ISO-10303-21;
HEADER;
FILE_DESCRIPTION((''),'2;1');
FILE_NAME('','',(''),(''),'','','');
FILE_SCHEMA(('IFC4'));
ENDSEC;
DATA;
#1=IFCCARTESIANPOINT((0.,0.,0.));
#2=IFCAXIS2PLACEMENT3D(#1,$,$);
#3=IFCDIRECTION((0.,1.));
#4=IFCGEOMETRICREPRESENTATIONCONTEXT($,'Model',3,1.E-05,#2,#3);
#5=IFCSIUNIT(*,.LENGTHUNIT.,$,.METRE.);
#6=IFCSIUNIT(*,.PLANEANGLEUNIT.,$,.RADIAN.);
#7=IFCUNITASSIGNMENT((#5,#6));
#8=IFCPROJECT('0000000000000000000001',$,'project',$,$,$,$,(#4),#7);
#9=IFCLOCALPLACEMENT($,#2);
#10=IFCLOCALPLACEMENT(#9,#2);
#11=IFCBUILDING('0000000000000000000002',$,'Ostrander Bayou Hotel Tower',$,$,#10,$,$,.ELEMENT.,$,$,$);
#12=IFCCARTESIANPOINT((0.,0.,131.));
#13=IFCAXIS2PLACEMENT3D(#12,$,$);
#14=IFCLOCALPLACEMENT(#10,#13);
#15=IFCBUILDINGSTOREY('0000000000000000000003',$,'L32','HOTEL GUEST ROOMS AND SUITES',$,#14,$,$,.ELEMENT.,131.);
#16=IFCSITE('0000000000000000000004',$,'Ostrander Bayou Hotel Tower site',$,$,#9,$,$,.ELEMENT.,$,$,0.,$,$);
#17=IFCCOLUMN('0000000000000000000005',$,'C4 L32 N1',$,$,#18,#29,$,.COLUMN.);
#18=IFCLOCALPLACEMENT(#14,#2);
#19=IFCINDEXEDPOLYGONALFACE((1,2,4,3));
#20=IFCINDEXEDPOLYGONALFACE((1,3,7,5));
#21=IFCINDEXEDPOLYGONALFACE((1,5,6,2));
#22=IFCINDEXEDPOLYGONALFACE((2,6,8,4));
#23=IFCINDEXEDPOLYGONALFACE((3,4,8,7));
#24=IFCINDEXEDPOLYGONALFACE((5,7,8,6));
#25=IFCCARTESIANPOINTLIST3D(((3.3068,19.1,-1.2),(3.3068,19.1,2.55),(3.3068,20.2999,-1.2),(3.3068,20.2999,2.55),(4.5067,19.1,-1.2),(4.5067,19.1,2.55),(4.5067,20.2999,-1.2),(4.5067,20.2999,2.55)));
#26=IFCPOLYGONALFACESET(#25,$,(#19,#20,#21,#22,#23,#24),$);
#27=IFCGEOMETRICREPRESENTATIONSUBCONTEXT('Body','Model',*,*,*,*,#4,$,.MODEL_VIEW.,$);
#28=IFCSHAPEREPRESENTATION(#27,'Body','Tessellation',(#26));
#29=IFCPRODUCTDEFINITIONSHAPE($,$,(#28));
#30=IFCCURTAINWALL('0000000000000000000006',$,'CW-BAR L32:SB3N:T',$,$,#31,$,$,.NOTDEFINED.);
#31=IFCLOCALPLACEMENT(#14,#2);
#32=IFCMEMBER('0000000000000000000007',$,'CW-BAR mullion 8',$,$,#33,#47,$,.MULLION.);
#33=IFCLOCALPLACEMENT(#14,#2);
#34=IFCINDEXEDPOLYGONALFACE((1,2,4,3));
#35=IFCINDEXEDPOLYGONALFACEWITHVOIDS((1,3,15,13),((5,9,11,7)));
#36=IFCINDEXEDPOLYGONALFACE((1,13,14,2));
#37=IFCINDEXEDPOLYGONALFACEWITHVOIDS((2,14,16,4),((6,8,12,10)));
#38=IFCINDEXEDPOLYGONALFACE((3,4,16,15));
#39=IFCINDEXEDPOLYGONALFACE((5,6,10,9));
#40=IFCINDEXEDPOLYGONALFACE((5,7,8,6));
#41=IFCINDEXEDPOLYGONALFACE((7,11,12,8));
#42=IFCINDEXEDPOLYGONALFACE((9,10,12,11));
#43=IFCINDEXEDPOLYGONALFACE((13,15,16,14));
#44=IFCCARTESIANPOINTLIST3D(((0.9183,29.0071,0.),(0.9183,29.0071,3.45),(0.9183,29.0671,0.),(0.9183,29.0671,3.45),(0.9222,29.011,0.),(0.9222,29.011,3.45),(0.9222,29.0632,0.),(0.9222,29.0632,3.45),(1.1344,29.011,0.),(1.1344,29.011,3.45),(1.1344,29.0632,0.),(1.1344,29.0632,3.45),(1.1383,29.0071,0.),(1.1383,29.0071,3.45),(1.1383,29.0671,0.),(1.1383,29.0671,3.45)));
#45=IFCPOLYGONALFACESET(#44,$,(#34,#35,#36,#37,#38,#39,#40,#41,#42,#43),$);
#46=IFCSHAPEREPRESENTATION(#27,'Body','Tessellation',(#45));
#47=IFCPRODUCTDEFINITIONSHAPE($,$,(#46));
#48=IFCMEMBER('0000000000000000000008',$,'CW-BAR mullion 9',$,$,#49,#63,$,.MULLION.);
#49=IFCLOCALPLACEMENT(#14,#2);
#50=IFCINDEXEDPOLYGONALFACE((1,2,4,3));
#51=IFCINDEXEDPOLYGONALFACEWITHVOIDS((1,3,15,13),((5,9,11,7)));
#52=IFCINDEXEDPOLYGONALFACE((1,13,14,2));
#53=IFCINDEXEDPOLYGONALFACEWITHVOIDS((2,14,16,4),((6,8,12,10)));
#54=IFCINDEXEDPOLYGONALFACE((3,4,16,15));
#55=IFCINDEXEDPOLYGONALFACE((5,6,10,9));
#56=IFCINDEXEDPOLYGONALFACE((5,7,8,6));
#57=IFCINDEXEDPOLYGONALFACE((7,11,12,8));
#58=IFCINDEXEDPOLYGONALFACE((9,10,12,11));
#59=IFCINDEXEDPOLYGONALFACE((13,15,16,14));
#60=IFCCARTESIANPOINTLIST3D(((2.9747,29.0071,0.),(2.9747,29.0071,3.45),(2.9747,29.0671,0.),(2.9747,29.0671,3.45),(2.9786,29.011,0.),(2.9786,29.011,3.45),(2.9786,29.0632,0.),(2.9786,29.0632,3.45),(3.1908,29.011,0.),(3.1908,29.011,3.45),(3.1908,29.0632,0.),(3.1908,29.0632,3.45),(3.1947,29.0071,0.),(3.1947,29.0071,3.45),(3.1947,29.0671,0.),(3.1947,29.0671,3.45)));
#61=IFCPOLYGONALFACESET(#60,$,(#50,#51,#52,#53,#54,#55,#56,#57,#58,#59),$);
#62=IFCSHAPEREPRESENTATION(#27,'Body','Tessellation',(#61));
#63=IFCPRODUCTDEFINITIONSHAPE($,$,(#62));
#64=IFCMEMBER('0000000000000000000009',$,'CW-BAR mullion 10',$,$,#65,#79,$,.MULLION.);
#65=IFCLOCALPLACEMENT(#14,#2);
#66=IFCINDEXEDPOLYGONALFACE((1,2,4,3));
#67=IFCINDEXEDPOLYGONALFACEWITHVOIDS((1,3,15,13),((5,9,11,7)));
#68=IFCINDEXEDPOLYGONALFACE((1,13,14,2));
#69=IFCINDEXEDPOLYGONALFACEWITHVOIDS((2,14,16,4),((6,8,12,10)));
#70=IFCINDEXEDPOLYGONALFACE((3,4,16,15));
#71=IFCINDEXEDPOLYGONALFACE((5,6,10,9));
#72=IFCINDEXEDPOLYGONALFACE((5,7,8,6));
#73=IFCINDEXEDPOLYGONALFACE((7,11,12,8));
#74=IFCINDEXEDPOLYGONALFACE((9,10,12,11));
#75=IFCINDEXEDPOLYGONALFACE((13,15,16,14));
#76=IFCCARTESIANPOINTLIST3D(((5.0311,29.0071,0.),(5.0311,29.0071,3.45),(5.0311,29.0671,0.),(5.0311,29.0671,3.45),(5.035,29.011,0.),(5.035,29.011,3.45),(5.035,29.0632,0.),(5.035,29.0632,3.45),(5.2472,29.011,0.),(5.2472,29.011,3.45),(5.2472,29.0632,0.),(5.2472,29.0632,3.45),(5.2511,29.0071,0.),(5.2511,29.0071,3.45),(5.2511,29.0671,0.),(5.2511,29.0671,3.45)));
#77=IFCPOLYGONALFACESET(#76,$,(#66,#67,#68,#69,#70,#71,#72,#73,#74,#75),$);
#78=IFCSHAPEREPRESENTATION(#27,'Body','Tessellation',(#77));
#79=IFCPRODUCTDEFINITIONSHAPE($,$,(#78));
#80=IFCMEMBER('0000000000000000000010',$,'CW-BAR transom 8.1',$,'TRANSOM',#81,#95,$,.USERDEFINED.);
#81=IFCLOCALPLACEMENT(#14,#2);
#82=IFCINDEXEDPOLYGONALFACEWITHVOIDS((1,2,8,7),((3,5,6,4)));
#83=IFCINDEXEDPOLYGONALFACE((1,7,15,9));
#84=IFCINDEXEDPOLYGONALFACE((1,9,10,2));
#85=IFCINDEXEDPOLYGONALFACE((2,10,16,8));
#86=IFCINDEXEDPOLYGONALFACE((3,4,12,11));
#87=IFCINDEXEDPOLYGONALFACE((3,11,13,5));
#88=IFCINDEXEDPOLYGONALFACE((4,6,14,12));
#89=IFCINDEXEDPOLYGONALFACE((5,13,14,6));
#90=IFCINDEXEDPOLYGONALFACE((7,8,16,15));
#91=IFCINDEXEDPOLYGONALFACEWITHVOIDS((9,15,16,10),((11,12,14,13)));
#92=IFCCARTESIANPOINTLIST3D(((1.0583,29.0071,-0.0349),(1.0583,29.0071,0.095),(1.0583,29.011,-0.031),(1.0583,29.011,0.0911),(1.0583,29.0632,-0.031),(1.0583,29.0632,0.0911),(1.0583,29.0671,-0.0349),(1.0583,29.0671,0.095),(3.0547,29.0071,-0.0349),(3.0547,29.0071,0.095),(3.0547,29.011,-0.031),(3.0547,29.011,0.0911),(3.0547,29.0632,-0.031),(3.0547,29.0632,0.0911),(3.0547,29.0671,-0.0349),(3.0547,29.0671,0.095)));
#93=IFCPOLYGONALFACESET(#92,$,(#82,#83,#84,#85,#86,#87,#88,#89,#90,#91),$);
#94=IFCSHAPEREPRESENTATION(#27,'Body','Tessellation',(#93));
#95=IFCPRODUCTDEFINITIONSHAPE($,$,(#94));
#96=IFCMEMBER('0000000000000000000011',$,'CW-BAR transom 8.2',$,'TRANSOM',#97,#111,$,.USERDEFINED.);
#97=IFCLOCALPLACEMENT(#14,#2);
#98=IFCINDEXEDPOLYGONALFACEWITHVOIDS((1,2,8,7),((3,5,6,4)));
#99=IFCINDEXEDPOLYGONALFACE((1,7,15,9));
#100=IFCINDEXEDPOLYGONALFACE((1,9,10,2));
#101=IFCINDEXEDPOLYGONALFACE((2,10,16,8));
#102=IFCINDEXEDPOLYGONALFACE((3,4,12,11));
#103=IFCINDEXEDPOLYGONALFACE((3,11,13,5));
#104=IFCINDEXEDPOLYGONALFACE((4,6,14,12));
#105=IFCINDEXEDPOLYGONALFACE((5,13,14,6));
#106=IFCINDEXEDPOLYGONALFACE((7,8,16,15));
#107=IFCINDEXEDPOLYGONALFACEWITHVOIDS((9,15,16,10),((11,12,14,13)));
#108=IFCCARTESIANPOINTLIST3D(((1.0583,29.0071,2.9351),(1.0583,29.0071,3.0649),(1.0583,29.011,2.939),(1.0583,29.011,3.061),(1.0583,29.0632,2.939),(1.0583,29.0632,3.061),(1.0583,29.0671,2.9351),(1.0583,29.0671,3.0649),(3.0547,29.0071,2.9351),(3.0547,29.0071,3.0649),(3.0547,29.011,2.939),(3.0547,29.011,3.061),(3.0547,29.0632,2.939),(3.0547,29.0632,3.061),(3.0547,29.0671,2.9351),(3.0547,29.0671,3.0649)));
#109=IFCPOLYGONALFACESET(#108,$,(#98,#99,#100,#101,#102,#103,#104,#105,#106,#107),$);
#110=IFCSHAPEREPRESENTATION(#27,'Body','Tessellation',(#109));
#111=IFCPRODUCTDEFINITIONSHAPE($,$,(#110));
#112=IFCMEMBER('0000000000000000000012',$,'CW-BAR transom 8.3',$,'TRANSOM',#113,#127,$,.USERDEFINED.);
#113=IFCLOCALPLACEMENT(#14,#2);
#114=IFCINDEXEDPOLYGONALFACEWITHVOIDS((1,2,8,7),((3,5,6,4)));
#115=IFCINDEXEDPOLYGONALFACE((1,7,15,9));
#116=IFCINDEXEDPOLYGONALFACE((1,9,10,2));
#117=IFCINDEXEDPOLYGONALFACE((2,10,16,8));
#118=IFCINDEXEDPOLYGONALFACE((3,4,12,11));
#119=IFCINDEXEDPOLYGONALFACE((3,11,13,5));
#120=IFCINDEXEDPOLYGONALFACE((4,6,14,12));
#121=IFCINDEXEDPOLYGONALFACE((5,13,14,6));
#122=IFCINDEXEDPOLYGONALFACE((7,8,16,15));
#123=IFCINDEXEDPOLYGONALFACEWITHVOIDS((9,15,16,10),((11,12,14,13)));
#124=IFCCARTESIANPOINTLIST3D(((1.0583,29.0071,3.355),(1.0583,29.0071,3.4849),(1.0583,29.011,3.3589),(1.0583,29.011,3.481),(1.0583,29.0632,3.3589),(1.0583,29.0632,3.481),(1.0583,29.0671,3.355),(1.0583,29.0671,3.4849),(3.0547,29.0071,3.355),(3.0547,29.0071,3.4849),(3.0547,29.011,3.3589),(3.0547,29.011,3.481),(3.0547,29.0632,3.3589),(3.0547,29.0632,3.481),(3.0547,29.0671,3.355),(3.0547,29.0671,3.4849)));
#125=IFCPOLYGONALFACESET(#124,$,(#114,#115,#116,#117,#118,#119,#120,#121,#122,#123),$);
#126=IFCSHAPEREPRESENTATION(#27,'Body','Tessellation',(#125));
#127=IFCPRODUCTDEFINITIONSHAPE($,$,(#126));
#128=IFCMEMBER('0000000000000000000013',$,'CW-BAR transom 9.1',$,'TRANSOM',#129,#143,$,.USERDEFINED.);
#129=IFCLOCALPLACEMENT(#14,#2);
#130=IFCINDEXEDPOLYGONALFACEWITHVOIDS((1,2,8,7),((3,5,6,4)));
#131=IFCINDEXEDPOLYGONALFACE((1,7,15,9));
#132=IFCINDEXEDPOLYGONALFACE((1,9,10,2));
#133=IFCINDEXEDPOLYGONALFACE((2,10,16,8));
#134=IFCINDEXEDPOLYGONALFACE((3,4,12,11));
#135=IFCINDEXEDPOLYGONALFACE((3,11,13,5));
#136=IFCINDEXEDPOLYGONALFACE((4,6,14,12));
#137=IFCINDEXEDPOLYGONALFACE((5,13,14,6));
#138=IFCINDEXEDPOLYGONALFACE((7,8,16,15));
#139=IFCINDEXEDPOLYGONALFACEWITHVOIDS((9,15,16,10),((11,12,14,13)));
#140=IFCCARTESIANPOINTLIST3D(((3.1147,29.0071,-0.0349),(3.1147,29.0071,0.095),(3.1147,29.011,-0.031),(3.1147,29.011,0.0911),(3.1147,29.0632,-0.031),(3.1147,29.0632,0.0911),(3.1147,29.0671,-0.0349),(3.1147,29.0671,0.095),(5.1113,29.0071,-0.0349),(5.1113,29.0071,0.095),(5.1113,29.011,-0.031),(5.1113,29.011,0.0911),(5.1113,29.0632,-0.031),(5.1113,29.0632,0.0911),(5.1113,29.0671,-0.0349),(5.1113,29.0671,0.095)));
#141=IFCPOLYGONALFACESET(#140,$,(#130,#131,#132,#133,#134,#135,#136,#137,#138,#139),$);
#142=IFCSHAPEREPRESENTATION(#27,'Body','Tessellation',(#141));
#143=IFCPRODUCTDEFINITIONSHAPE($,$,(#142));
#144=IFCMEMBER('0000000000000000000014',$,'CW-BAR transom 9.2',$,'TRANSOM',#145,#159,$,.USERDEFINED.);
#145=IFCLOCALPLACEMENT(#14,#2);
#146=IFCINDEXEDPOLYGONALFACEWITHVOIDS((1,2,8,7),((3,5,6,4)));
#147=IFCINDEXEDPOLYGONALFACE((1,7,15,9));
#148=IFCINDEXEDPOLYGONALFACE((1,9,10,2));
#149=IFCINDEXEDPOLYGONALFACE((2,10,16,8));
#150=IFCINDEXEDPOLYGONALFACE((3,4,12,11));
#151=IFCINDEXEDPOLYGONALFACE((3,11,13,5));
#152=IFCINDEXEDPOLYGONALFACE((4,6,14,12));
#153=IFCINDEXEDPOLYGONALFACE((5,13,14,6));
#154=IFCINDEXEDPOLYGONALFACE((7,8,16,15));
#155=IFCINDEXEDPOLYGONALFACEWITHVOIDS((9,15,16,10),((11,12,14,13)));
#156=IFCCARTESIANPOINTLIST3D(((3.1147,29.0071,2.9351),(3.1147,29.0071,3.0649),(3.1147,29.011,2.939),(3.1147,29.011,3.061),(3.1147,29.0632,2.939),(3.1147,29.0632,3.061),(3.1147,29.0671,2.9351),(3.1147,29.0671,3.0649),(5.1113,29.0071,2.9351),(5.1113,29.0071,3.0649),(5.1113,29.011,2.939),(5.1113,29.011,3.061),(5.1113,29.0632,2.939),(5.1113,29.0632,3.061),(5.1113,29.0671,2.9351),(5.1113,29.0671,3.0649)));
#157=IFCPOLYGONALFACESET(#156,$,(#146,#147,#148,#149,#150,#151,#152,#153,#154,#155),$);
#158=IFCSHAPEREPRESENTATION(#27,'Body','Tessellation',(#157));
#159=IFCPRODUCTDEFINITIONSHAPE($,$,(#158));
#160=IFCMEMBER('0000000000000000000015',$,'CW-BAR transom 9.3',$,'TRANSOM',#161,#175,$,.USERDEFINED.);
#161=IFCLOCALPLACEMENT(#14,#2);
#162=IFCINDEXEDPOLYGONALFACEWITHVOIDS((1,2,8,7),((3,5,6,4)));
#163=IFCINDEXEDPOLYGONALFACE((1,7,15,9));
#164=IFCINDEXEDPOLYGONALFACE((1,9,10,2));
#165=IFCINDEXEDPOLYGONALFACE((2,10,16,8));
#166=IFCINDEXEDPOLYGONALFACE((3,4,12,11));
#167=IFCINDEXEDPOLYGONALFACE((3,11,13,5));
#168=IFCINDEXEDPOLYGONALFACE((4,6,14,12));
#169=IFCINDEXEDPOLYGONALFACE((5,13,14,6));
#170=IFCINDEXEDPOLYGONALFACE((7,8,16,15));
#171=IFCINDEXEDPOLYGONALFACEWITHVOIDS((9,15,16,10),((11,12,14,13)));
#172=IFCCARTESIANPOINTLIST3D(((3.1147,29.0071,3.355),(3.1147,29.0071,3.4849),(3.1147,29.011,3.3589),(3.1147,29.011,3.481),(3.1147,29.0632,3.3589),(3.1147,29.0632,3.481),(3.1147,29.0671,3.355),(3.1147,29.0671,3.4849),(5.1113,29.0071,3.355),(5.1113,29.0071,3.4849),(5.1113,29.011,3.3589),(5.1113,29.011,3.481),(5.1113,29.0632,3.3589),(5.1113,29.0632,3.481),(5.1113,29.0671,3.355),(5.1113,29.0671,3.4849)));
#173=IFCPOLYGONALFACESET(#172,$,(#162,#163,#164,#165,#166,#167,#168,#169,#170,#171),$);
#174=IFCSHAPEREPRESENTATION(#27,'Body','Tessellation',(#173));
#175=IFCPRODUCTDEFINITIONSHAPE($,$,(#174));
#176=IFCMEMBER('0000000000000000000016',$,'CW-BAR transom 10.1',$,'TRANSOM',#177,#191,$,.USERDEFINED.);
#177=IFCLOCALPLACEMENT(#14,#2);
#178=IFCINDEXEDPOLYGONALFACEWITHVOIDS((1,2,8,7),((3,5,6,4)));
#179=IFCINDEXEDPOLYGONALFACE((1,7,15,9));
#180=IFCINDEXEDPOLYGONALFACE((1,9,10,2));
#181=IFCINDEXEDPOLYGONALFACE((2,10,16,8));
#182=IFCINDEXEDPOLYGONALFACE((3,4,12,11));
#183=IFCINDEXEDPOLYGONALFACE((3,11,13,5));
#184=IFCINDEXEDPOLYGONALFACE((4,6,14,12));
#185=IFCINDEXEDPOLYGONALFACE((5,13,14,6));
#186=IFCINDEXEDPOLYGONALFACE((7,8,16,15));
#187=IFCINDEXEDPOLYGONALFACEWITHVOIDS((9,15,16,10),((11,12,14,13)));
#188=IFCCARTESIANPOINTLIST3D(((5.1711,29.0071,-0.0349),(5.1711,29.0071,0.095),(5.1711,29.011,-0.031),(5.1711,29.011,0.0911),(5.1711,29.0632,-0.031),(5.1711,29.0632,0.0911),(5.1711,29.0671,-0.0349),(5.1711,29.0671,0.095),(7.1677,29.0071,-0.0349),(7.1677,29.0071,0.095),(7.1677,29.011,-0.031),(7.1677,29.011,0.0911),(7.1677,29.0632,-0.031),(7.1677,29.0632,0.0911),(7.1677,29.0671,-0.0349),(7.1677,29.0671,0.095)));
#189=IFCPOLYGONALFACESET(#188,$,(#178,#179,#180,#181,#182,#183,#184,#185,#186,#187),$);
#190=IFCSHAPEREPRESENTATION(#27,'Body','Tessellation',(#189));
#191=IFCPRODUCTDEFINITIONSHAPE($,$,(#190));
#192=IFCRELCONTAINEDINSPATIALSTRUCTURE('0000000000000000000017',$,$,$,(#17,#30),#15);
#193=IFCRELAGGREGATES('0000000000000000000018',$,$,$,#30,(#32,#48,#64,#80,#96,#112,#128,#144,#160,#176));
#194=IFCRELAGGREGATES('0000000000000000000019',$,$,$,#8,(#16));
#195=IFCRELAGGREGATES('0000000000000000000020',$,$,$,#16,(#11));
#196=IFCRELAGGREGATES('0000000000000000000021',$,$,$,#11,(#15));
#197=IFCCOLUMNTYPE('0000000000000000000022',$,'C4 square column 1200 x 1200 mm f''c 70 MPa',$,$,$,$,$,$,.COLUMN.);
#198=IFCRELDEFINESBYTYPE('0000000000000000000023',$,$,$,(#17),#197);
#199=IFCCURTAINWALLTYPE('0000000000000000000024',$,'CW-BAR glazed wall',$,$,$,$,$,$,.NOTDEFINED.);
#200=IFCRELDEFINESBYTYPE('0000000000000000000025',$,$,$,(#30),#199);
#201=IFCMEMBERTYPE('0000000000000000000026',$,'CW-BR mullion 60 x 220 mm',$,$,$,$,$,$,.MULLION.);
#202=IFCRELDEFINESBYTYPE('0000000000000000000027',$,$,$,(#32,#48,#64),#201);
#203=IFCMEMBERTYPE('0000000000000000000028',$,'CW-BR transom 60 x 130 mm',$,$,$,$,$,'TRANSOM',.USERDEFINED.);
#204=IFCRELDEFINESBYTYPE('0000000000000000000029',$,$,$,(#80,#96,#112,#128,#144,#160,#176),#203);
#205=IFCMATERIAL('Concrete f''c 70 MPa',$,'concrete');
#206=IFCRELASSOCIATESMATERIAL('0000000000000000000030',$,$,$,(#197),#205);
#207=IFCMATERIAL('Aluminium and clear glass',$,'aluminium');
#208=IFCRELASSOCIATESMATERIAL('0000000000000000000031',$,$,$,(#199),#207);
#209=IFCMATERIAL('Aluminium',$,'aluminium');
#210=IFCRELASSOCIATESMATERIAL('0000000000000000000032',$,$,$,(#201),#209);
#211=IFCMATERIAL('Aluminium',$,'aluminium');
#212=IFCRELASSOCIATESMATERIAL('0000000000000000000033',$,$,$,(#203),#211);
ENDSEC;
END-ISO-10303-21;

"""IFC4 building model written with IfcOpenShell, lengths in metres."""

from ifc_helpers import new_model, si_unit, direction, frame, origin, origin_2d, place, context, subcontext, project, spatial, rectangle, hollow_rectangle, extrude, material, material_profile, profile_set, type_object, element, aggregate, save


model = new_model("IFC4")

# Units and contexts
model_context = context("Model", 3, precision=1e-05, world=origin(), true_north=direction((0.0, 1.0)))
body_context = subcontext(model_context, "Body", "Model", "MODEL_VIEW")
ifc_project = project(units=[si_unit("LENGTHUNIT", "METRE"), si_unit("PLANEANGLEUNIT", "RADIAN")], contexts=[model_context])

# Site, building, storey
site_placement = place(None, origin())
site = spatial("IfcSite", under=ifc_project, at=site_placement, Name="Ostrander Bayou Hotel Tower site", CompositionType="ELEMENT", RefElevation=0.0)
building_placement = place(site_placement, origin())
building = spatial("IfcBuilding", under=site, at=building_placement, Name="Ostrander Bayou Hotel Tower", CompositionType="ELEMENT")
storey_placement = place(building_placement, frame((0.0, 0.0, 131.0)))
storey = spatial("IfcBuildingStorey", under=building, at=storey_placement, Name="L32", Description="HOTEL GUEST ROOMS AND SUITES", CompositionType="ELEMENT", Elevation=131.0)

# Column
ifc_material_1 = material(Name="Concrete f'c 70 MPa", Category="concrete")
ifc_material_profile_1 = material_profile(ifc_material_1, rectangle(XDim=1.2, YDim=1.2, at=origin_2d()))
ifc_profile_set_1 = profile_set([ifc_material_profile_1], Name="Concrete f'c 70 MPa")
column_type = type_object("IfcColumnType", Name="C4 square column 1200 x 1200 mm f'c 70 MPa", PredefinedType="COLUMN", material=ifc_profile_set_1)
column_placement = place(storey_placement, frame((3.9067, 19.7, -1.2), z_axis=(0.0, 0.0, 1.0), x_axis=(1.0, 0.0, 0.0)))
element("IfcColumn", 1, at=column_placement, inside=storey, type_object=column_type, Name="C4 L32 N1", PredefinedType="COLUMN", context=body_context, shape_type="SweptSolid", body=[
    extrude(rectangle(XDim=1.2, YDim=1.2, at=origin_2d()), origin(), (0.0, 0.0, 1.0), 3.75),
])

# Curtain wall, members
ifc_material_2 = material(Name="Aluminium and clear glass", Category="aluminium")
curtain_wall_type = type_object("IfcCurtainWallType", Name="CW-BAR glazed wall", PredefinedType="NOTDEFINED", material=ifc_material_2)
curtain_wall_placement = place(storey_placement, origin())
curtain_wall = element("IfcCurtainWall", 2, at=curtain_wall_placement, inside=storey, type_object=curtain_wall_type, Name="CW-BAR L32:SB3N:T", PredefinedType="NOTDEFINED")
ifc_material_3 = material(Name="Aluminium", Category="aluminium")
ifc_material_profile_2 = material_profile(ifc_material_3, hollow_rectangle(XDim=0.0601, YDim=0.22, WallThickness=0.0039, at=origin_2d()))
ifc_profile_set_2 = profile_set([ifc_material_profile_2], Name="Aluminium")
member_type_1 = type_object("IfcMemberType", Name="CW-BR mullion 60 x 220 mm", PredefinedType="MULLION", material=ifc_profile_set_2)
member_1_placement = place(storey_placement, frame((1.0283, 29.0371, 0.0), z_axis=(0.0, 0.0, 1.0), x_axis=(0.0, 1.0, 0.0)))
member_1 = element("IfcMember", 3, at=member_1_placement, type_object=member_type_1, Name="CW-BAR mullion 8", PredefinedType="MULLION", context=body_context, shape_type="SweptSolid", body=[
    extrude(hollow_rectangle(XDim=0.0601, YDim=0.22, WallThickness=0.0039, at=origin_2d()), origin(), (0.0, 0.0, 1.0), 3.45),
])
member_2_placement = place(storey_placement, frame((3.0847, 29.0371, 0.0), z_axis=(0.0, 0.0, 1.0), x_axis=(0.0, 1.0, 0.0)))
member_2 = element("IfcMember", 4, at=member_2_placement, type_object=member_type_1, Name="CW-BAR mullion 9", PredefinedType="MULLION", context=body_context, shape_type="SweptSolid", body=[
    extrude(hollow_rectangle(XDim=0.0601, YDim=0.22, WallThickness=0.0039, at=origin_2d()), origin(), (0.0, 0.0, 1.0), 3.45),
])
member_3_placement = place(storey_placement, frame((5.1411, 29.0371, 0.0), z_axis=(0.0, 0.0, 1.0), x_axis=(0.0, 1.0, 0.0)))
member_3 = element("IfcMember", 5, at=member_3_placement, type_object=member_type_1, Name="CW-BAR mullion 10", PredefinedType="MULLION", context=body_context, shape_type="SweptSolid", body=[
    extrude(hollow_rectangle(XDim=0.0601, YDim=0.22, WallThickness=0.0039, at=origin_2d()), origin(), (0.0, 0.0, 1.0), 3.45),
])
ifc_material_4 = material(Name="Aluminium", Category="aluminium")
ifc_material_profile_3 = material_profile(ifc_material_4, hollow_rectangle(XDim=0.0601, YDim=0.1299, WallThickness=0.0039, at=origin_2d()))
ifc_profile_set_3 = profile_set([ifc_material_profile_3], Name="Aluminium")
member_type_2 = type_object("IfcMemberType", Name="CW-BR transom 60 x 130 mm", ElementType="TRANSOM", PredefinedType="USERDEFINED", material=ifc_profile_set_3)
member_4_placement = place(storey_placement, frame((1.0583, 29.0371, 0.03), z_axis=(1.0, 0.0, 0.0), x_axis=(0.0, 1.0, 0.0)))
member_4 = element("IfcMember", 6, at=member_4_placement, type_object=member_type_2, Name="CW-BAR transom 8.1", ObjectType="TRANSOM", PredefinedType="USERDEFINED", context=body_context, shape_type="SweptSolid", body=[
    extrude(hollow_rectangle(XDim=0.0601, YDim=0.1299, WallThickness=0.0039, at=origin_2d()), origin(), (0.0, 0.0, 1.0), 1.9963),
])
member_5_placement = place(storey_placement, frame((1.0583, 29.0371, 3.0), z_axis=(1.0, 0.0, 0.0), x_axis=(0.0, 1.0, 0.0)))
member_5 = element("IfcMember", 7, at=member_5_placement, type_object=member_type_2, Name="CW-BAR transom 8.2", ObjectType="TRANSOM", PredefinedType="USERDEFINED", context=body_context, shape_type="SweptSolid", body=[
    extrude(hollow_rectangle(XDim=0.0601, YDim=0.1299, WallThickness=0.0039, at=origin_2d()), origin(), (0.0, 0.0, 1.0), 1.9963),
])
member_6_placement = place(storey_placement, frame((1.0583, 29.0371, 3.4199), z_axis=(1.0, 0.0, 0.0), x_axis=(0.0, 1.0, 0.0)))
member_6 = element("IfcMember", 8, at=member_6_placement, type_object=member_type_2, Name="CW-BAR transom 8.3", ObjectType="TRANSOM", PredefinedType="USERDEFINED", context=body_context, shape_type="SweptSolid", body=[
    extrude(hollow_rectangle(XDim=0.0601, YDim=0.1299, WallThickness=0.0039, at=origin_2d()), origin(), (0.0, 0.0, 1.0), 1.9963),
])
member_7_placement = place(storey_placement, frame((3.1147, 29.0371, 0.03), z_axis=(1.0, 0.0, 0.0), x_axis=(0.0, 1.0, 0.0)))
member_7 = element("IfcMember", 9, at=member_7_placement, type_object=member_type_2, Name="CW-BAR transom 9.1", ObjectType="TRANSOM", PredefinedType="USERDEFINED", context=body_context, shape_type="SweptSolid", body=[
    extrude(hollow_rectangle(XDim=0.0601, YDim=0.1299, WallThickness=0.0039, at=origin_2d()), origin(), (0.0, 0.0, 1.0), 1.9966),
])
member_8_placement = place(storey_placement, frame((3.1147, 29.0371, 3.0), z_axis=(1.0, 0.0, 0.0), x_axis=(0.0, 1.0, 0.0)))
member_8 = element("IfcMember", 10, at=member_8_placement, type_object=member_type_2, Name="CW-BAR transom 9.2", ObjectType="TRANSOM", PredefinedType="USERDEFINED", context=body_context, shape_type="SweptSolid", body=[
    extrude(hollow_rectangle(XDim=0.0601, YDim=0.1299, WallThickness=0.0039, at=origin_2d()), origin(), (0.0, 0.0, 1.0), 1.9966),
])
member_9_placement = place(storey_placement, frame((3.1147, 29.0371, 3.4199), z_axis=(1.0, 0.0, 0.0), x_axis=(0.0, 1.0, 0.0)))
member_9 = element("IfcMember", 11, at=member_9_placement, type_object=member_type_2, Name="CW-BAR transom 9.3", ObjectType="TRANSOM", PredefinedType="USERDEFINED", context=body_context, shape_type="SweptSolid", body=[
    extrude(hollow_rectangle(XDim=0.0601, YDim=0.1299, WallThickness=0.0039, at=origin_2d()), origin(), (0.0, 0.0, 1.0), 1.9966),
])
member_10_placement = place(storey_placement, frame((5.1711, 29.0371, 0.03), z_axis=(1.0, 0.0, 0.0), x_axis=(0.0, 1.0, 0.0)))
member_10 = element("IfcMember", 12, at=member_10_placement, type_object=member_type_2, Name="CW-BAR transom 10.1", ObjectType="TRANSOM", PredefinedType="USERDEFINED", context=body_context, shape_type="SweptSolid", body=[
    extrude(hollow_rectangle(XDim=0.0601, YDim=0.1299, WallThickness=0.0039, at=origin_2d()), origin(), (0.0, 0.0, 1.0), 1.9966),
])
aggregate(curtain_wall, [member_1, member_2, member_3, member_4, member_5, member_6, member_7, member_8, member_9, member_10])

save(model, "model.ifc")
